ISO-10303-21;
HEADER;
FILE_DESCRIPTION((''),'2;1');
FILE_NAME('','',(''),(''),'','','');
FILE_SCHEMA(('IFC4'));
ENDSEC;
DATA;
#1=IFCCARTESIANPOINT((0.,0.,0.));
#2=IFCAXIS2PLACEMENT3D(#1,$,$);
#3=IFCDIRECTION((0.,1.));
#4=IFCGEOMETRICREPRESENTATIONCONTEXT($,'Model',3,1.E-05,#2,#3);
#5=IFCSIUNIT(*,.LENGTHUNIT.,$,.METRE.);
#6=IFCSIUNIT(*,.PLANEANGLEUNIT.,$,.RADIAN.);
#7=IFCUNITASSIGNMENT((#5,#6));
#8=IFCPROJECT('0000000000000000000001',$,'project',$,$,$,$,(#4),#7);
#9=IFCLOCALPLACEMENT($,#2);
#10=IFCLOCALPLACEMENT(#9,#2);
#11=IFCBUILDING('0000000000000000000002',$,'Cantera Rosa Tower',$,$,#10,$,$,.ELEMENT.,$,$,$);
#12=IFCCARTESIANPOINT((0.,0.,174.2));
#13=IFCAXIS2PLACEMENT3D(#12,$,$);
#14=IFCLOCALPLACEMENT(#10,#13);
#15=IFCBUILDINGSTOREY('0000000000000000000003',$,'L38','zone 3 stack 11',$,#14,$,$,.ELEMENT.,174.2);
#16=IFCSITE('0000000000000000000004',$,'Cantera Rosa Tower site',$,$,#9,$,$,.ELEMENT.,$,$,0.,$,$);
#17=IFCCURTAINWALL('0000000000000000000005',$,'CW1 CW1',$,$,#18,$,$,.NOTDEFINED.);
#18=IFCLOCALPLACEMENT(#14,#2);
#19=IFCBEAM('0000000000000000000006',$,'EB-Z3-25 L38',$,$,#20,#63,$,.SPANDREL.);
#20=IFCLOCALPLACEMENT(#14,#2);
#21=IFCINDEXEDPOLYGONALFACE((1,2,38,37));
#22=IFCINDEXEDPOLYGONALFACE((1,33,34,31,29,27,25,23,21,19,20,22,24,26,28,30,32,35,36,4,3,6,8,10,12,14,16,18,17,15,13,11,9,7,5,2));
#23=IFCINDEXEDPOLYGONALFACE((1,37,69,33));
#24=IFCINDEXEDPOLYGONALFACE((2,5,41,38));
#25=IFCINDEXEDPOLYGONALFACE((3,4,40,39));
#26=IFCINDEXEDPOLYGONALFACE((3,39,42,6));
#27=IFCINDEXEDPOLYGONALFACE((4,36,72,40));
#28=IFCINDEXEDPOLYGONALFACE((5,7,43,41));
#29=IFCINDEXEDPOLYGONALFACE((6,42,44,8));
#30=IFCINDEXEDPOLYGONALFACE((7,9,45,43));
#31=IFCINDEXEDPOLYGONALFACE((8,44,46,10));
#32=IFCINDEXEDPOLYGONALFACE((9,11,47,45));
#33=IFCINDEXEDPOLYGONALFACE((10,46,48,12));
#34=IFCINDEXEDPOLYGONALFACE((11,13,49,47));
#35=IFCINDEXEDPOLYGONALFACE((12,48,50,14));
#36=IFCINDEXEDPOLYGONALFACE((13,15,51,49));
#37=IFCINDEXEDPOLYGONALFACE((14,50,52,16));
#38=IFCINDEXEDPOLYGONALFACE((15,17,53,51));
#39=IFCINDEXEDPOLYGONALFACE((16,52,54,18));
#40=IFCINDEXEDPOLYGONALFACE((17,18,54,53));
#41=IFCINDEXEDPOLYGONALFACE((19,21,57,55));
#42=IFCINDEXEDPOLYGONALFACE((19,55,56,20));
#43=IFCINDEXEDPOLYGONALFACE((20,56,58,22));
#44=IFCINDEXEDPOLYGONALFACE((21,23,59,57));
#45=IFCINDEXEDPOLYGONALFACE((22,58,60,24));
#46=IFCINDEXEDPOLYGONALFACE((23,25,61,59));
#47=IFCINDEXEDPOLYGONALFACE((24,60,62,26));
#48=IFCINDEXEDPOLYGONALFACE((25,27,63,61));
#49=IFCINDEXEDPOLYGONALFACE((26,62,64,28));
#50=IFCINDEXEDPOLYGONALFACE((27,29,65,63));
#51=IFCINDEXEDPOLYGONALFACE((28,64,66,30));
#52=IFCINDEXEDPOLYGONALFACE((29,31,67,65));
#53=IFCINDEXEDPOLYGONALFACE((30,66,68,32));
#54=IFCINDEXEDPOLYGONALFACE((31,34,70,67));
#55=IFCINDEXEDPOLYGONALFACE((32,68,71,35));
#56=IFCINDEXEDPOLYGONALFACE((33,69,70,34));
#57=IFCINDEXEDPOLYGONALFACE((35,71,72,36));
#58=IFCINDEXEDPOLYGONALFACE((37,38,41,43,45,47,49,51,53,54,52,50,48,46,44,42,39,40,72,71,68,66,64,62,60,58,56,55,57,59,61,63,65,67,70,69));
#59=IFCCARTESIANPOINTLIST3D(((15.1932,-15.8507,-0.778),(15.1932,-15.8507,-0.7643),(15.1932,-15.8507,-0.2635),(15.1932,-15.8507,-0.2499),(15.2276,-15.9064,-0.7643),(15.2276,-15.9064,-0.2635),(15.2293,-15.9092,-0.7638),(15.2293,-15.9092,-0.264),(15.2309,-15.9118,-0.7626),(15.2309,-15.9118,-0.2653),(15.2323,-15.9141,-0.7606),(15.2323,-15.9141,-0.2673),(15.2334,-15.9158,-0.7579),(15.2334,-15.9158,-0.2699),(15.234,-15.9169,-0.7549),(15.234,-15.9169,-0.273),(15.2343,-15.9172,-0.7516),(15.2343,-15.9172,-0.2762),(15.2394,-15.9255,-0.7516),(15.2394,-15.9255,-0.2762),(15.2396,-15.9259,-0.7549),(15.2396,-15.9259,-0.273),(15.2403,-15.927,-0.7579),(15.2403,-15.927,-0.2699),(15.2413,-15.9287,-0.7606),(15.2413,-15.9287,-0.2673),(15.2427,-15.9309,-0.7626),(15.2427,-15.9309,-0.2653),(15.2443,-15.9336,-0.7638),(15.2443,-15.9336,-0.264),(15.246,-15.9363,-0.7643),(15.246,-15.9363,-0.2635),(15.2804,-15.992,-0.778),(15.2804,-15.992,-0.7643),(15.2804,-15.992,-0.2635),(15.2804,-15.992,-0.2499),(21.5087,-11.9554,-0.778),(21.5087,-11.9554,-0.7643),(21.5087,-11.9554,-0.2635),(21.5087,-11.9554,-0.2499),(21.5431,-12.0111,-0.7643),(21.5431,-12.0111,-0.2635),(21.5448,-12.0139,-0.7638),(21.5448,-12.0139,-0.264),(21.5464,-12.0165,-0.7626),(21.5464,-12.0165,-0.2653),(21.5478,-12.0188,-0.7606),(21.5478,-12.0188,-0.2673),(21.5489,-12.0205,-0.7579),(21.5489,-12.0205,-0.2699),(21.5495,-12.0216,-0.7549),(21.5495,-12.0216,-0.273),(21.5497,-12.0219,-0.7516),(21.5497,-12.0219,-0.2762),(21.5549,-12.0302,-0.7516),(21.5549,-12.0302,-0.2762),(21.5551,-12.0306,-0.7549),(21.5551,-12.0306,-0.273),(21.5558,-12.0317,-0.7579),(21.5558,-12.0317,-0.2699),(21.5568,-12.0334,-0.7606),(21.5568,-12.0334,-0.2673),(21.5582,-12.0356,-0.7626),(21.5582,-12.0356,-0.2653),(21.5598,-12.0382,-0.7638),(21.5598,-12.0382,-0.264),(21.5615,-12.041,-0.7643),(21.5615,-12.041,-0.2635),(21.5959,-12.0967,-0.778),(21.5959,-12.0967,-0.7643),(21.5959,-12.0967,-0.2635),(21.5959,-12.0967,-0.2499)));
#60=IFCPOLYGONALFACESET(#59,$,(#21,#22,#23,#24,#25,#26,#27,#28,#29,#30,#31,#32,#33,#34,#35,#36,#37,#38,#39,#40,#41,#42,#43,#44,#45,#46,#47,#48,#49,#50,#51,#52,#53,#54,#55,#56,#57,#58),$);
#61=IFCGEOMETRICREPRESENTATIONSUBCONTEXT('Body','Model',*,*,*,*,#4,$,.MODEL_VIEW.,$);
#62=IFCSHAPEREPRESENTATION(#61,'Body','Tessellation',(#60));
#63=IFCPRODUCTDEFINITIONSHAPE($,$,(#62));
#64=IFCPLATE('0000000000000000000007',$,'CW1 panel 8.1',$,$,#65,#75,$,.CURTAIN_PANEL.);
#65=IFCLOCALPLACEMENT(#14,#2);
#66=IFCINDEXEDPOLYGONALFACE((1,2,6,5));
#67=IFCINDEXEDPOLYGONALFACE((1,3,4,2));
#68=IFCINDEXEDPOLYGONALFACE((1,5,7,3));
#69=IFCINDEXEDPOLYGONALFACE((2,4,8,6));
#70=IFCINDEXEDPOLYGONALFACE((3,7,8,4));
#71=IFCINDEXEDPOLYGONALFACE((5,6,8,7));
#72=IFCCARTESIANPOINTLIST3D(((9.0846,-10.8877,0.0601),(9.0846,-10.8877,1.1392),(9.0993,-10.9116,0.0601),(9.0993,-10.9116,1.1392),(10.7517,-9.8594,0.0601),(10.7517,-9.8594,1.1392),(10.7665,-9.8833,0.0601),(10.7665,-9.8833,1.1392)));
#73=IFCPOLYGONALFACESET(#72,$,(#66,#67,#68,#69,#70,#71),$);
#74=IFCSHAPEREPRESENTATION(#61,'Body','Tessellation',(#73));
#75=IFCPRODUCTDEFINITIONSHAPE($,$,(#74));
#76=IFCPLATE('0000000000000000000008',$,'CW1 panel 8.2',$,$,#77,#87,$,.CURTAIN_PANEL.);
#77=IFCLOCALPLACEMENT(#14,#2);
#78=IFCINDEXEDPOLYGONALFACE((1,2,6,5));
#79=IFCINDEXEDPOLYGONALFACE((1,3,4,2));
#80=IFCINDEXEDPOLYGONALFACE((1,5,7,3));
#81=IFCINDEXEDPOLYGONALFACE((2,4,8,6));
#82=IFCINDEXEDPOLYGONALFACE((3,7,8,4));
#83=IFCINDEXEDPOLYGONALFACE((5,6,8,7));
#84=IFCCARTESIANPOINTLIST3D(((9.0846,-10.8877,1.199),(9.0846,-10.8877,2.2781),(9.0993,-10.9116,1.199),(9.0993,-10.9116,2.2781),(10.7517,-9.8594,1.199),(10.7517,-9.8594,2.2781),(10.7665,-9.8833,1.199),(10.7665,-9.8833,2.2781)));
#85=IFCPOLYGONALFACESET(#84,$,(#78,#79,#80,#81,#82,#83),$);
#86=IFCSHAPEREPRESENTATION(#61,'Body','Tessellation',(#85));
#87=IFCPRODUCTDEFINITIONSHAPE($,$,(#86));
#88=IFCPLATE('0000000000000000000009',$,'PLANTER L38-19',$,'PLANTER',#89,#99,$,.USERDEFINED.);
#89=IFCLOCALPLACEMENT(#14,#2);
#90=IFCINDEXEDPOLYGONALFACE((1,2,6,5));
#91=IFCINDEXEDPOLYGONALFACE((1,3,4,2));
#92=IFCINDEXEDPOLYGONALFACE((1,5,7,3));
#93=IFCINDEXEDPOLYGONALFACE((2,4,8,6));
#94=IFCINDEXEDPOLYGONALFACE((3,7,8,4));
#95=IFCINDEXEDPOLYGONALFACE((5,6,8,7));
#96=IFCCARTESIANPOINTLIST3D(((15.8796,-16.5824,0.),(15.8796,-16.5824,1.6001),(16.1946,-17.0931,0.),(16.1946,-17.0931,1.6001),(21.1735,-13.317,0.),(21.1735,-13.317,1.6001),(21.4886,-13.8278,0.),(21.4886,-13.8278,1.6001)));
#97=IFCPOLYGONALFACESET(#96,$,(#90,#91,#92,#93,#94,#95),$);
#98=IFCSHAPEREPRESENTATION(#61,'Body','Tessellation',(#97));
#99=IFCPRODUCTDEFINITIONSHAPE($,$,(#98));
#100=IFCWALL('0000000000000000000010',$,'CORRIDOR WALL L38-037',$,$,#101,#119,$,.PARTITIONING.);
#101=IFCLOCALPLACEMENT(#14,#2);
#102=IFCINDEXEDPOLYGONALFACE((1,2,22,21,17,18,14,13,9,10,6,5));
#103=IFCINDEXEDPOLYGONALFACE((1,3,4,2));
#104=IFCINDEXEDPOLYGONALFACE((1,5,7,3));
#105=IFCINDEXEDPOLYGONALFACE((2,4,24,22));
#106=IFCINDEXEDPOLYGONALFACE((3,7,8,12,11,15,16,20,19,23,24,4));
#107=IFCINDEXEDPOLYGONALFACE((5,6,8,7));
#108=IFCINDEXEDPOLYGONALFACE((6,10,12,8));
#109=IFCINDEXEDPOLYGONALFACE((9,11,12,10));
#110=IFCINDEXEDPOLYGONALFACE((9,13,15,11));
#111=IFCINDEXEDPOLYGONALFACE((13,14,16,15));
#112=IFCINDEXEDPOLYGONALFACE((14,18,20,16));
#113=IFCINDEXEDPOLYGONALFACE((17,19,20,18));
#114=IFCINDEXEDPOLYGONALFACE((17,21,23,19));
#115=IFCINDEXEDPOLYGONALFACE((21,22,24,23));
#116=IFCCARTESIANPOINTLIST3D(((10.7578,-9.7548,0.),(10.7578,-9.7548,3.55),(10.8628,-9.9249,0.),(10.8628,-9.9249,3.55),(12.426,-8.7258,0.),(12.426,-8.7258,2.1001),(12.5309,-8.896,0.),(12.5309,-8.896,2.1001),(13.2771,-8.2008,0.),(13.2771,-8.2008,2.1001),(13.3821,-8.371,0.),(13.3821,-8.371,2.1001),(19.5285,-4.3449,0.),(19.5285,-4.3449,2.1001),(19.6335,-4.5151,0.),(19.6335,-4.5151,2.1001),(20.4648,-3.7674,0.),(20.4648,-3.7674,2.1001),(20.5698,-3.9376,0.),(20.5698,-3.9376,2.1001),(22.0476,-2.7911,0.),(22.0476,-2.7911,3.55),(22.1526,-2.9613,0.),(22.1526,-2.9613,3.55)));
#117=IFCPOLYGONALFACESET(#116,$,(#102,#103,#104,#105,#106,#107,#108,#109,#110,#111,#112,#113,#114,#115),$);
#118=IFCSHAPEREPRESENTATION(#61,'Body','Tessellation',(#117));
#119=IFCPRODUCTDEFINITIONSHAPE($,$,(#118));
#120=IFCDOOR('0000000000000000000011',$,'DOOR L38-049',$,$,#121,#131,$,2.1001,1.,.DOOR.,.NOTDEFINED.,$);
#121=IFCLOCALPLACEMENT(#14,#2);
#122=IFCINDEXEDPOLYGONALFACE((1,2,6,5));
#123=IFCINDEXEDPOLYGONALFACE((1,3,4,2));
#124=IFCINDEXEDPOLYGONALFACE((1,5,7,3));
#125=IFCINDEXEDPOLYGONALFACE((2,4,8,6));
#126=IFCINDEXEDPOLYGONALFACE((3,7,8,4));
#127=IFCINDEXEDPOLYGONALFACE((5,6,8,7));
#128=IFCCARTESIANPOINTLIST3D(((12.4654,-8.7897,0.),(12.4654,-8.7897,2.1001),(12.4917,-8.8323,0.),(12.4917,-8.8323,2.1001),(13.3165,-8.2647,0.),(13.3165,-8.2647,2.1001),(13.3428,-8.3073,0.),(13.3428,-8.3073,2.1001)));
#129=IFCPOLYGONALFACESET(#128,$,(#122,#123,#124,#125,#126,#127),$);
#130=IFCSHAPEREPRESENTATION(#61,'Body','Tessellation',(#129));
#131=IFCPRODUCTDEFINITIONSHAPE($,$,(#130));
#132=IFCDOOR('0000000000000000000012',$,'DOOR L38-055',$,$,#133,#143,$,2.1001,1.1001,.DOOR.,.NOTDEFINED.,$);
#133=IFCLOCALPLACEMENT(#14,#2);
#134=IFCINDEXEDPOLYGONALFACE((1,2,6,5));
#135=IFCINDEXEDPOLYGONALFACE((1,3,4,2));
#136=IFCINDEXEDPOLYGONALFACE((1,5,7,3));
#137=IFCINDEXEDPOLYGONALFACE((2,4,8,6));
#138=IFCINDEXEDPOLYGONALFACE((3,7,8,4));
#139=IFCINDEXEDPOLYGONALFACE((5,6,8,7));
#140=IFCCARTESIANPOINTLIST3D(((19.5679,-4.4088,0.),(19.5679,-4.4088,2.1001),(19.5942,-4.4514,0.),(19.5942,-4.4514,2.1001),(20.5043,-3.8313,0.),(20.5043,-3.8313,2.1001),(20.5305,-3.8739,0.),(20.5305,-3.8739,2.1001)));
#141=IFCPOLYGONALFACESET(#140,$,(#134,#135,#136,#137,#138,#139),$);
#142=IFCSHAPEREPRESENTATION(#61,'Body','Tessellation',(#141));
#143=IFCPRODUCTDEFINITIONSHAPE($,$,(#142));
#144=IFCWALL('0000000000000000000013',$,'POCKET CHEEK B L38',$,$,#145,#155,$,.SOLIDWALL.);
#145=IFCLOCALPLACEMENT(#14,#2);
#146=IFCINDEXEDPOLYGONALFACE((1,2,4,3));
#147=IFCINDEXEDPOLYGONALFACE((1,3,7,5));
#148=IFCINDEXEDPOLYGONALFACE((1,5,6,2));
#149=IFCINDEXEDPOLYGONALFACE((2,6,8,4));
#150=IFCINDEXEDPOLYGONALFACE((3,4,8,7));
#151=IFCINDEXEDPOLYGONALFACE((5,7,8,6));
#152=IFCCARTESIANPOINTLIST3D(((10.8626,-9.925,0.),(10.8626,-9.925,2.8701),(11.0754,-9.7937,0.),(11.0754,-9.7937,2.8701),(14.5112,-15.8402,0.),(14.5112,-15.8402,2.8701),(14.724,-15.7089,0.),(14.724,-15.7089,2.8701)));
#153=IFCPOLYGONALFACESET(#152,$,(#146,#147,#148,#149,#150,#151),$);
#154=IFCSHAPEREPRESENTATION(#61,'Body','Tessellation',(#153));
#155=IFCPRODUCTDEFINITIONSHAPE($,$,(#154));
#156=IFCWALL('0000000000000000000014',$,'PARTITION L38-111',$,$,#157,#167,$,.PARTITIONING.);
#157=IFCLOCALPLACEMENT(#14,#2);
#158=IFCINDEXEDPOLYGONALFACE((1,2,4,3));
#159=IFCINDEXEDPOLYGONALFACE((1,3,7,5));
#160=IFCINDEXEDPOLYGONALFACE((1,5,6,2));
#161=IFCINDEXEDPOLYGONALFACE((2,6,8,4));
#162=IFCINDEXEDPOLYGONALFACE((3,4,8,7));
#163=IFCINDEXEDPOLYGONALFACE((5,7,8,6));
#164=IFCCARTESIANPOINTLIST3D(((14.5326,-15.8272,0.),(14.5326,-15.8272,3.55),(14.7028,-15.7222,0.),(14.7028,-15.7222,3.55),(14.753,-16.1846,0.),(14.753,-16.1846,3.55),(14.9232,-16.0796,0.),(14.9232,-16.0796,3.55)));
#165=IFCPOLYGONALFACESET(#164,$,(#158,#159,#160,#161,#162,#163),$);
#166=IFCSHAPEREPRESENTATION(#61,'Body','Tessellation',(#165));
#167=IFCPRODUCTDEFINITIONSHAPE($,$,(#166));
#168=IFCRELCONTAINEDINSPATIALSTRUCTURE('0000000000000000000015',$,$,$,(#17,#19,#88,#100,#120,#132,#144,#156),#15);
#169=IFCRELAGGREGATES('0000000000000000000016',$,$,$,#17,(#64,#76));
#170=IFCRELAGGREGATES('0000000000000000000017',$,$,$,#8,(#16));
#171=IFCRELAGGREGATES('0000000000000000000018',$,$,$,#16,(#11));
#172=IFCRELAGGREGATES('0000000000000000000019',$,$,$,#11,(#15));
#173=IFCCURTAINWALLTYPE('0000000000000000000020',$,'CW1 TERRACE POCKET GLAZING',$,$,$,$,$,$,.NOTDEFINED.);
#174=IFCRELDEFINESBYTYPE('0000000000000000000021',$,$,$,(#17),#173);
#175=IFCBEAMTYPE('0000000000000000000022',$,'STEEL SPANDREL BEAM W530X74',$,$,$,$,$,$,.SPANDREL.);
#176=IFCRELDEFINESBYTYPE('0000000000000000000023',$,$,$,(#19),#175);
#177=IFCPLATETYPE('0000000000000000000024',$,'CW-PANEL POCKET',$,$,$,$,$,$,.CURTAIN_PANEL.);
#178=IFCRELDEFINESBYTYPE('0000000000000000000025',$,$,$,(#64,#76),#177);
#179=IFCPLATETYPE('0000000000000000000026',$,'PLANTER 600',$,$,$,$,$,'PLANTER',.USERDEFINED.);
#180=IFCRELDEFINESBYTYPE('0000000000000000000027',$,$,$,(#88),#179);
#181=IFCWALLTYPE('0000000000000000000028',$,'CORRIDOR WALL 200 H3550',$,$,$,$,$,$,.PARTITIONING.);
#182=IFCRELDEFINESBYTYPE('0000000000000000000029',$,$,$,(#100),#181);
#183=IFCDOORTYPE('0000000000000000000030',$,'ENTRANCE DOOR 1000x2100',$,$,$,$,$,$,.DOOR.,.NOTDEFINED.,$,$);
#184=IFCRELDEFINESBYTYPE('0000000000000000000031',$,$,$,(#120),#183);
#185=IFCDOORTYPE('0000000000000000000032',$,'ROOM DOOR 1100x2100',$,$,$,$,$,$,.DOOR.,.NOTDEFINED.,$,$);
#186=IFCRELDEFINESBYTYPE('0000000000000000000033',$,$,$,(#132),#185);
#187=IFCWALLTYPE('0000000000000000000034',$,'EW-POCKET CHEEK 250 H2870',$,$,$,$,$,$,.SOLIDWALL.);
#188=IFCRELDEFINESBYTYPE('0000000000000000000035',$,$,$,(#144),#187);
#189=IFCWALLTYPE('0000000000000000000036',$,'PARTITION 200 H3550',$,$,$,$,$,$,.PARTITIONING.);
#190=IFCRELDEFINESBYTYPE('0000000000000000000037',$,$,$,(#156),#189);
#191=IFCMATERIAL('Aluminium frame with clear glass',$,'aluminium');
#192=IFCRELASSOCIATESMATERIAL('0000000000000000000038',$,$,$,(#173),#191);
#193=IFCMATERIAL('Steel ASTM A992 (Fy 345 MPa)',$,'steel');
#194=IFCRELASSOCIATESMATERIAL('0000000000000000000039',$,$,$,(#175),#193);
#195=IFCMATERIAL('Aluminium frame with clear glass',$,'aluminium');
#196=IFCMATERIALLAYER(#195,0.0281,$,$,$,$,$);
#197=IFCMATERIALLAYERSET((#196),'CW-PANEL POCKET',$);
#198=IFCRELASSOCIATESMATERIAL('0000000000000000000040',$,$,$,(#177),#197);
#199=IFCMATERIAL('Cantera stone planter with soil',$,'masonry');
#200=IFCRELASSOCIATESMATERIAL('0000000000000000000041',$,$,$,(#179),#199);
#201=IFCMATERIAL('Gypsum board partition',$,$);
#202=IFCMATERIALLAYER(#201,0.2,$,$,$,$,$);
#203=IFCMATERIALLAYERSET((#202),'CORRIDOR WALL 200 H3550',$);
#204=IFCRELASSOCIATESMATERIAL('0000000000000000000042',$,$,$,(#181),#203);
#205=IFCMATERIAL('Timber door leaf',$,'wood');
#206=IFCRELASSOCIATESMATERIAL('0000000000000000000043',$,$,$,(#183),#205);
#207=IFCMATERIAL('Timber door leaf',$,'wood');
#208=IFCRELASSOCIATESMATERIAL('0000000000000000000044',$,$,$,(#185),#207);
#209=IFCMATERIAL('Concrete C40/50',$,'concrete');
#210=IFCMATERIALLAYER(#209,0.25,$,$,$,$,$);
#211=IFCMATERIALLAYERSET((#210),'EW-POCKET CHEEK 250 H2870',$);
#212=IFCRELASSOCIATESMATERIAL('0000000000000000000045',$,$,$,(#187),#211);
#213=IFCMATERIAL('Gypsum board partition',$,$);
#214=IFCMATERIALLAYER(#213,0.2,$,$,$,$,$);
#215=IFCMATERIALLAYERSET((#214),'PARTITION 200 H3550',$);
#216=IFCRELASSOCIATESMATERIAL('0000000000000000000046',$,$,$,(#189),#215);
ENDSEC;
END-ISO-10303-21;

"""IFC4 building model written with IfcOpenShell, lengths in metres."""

from ifc_helpers import new_model, si_unit, direction, frame, frame_2d, origin, origin_2d, place, context, subcontext, project, spatial, rectangle, i_section, extrude, material, layer, layer_set, material_profile, profile_set, type_object, element, fill, aggregate, save


model = new_model("IFC4")

# Units and contexts
model_context = context("Model", 3, precision=1e-05, world=origin(), true_north=direction((0.0, 1.0)))
body_context = subcontext(model_context, "Body", "Model", "MODEL_VIEW")
ifc_project = project(units=[si_unit("LENGTHUNIT", "METRE"), si_unit("PLANEANGLEUNIT", "RADIAN")], contexts=[model_context])

# Site, building, storey
site_placement = place(None, origin())
site = spatial("IfcSite", under=ifc_project, at=site_placement, Name="Cantera Rosa Tower site", CompositionType="ELEMENT", RefElevation=0.0)
building_placement = place(site_placement, origin())
building = spatial("IfcBuilding", under=site, at=building_placement, Name="Cantera Rosa Tower", CompositionType="ELEMENT")
storey_placement = place(building_placement, frame((0.0, 0.0, 174.2)))
storey = spatial("IfcBuildingStorey", under=building, at=storey_placement, Name="L38", Description="zone 3 stack 11", CompositionType="ELEMENT", Elevation=174.2)

# Curtain wall
ifc_material_1 = material(Name="Aluminium frame with clear glass", Category="aluminium")
curtain_wall_type = type_object("IfcCurtainWallType", Name="CW1 TERRACE POCKET GLAZING", PredefinedType="NOTDEFINED", material=ifc_material_1)
curtain_wall_placement = place(storey_placement, origin())
curtain_wall = element("IfcCurtainWall", 1, at=curtain_wall_placement, inside=storey, type_object=curtain_wall_type, Name="CW1 CW1", PredefinedType="NOTDEFINED")

# Beam
ifc_material_2 = material(Name="Steel ASTM A992 (Fy 345 MPa)", Category="steel")
ifc_material_profile_1 = material_profile(ifc_material_2, i_section(OverallWidth=0.166, OverallDepth=0.5281, WebThickness=0.0098, FlangeThickness=0.0137, FilletRadius=0.0127, at=origin_2d()), Name="W530X74")
ifc_profile_set_1 = profile_set([ifc_material_profile_1], Name="Steel ASTM A992 (Fy 345 MPa)")
beam_type_1 = type_object("IfcBeamType", Name="STEEL SPANDREL BEAM W530X74", PredefinedType="SPANDREL", material=ifc_profile_set_1)
beam_1_placement = place(storey_placement, frame((15.2368, -15.9214, -0.5139), z_axis=(0.851126, 0.524962, 0.0), x_axis=(-0.524962, 0.851126, 0.0)))
element("IfcBeam", 2, at=beam_1_placement, inside=storey, type_object=beam_type_1, Name="EB-Z3-25 L38", PredefinedType="SPANDREL", context=body_context, shape_type="SweptSolid", body=[
    extrude(i_section(OverallWidth=0.166, OverallDepth=0.5281, WebThickness=0.0098, FlangeThickness=0.0137, FilletRadius=0.0127, at=origin_2d()), origin(), (0.0, 0.0, 1.0), 7.4202),
])

# Plates
ifc_material_3 = material(Name="Aluminium frame with clear glass", Category="aluminium")
ifc_layer_1 = layer(ifc_material_3, 0.0281)
ifc_layer_set_1 = layer_set([ifc_layer_1], Name="CW-PANEL POCKET")
plate_type_1 = type_object("IfcPlateType", Name="CW-PANEL POCKET", PredefinedType="CURTAIN_PANEL", material=ifc_layer_set_1)
plate_1_placement = place(storey_placement, frame((9.9255, -10.3855, 0.0601), z_axis=(0.0, 0.0, 1.0), x_axis=(0.851117, 0.524977, 0.0)))
plate_1 = element("IfcPlate", 3, at=plate_1_placement, type_object=plate_type_1, Name="CW1 panel 8.1", PredefinedType="CURTAIN_PANEL", context=body_context, shape_type="SweptSolid", body=[
    extrude(rectangle(XDim=1.9587, YDim=0.0281, at=origin_2d()), origin(), (0.0, 0.0, 1.0), 1.0791),
])
plate_2_placement = place(storey_placement, frame((9.9255, -10.3855, 1.199), z_axis=(0.0, 0.0, 1.0), x_axis=(0.851117, 0.524977, 0.0)))
plate_2 = element("IfcPlate", 4, at=plate_2_placement, type_object=plate_type_1, Name="CW1 panel 8.2", PredefinedType="CURTAIN_PANEL", context=body_context, shape_type="SweptSolid", body=[
    extrude(rectangle(XDim=1.9587, YDim=0.0281, at=origin_2d()), origin(), (0.0, 0.0, 1.0), 1.0791),
])
aggregate(curtain_wall, [plate_1, plate_2])
ifc_material_4 = material(Name="Cantera stone planter with soil", Category="masonry")
plate_type_2 = type_object("IfcPlateType", Name="PLANTER 600", ElementType="PLANTER", PredefinedType="USERDEFINED", material=ifc_material_4)
plate_3_placement = place(storey_placement, frame((18.6841, -15.2051, 0.0), z_axis=(0.0, 0.0, 1.0), x_axis=(0.851117, 0.524977, 0.0)))
element("IfcPlate", 5, at=plate_3_placement, inside=storey, type_object=plate_type_2, Name="PLANTER L38-19", ObjectType="PLANTER", PredefinedType="USERDEFINED", context=body_context, shape_type="SweptSolid", body=[
    extrude(rectangle(XDim=6.22, YDim=0.6001, at=origin_2d()), origin(), (0.0, 0.0, 1.0), 1.6001),
])

# Wall, openings, doors
ifc_material_5 = material(Name="Gypsum board partition")
ifc_layer_2 = layer(ifc_material_5, 0.2)
ifc_layer_set_2 = layer_set([ifc_layer_2], Name="CORRIDOR WALL 200 H3550")
wall_type_1 = type_object("IfcWallType", Name="CORRIDOR WALL 200 H3550", PredefinedType="PARTITIONING", material=ifc_layer_set_2)
wall_1_placement = place(storey_placement, frame((10.8103, -9.8398, 0.0), z_axis=(0.0, 0.0, 1.0), x_axis=(0.851118, 0.524975, 0.0)))
wall_1 = element("IfcWall", 6, at=wall_1_placement, inside=storey, type_object=wall_type_1, Name="CORRIDOR WALL L38-037", PredefinedType="PARTITIONING", context=body_context, shape_type="SweptSolid", body=[
    extrude(rectangle(XDim=13.2646, YDim=0.2, at=frame_2d((6.6323, 0.0))), origin(), (0.0, 0.0, 1.0), 3.55),
])
opening_1_placement = place(wall_1_placement, frame((1.96, 0.0, 0.0)))
opening_1 = element("IfcOpeningElement", 7, at=opening_1_placement, cuts=wall_1, PredefinedType="OPENING", context=body_context, shape_type="SweptSolid", body=[
    extrude(rectangle(XDim=1.0, YDim=2.1001, at=frame_2d((0.5, 1.05))), frame((0.0, 0.1099, 0.0), z_axis=(0.0, -1.0, 0.0), x_axis=(1.0, 0.0, 0.0)), (0.0, 0.0, 1.0), 0.22),
])
opening_2_placement = place(wall_1_placement, frame((10.3049, 0.0, 0.0)))
opening_2 = element("IfcOpeningElement", 8, at=opening_2_placement, cuts=wall_1, PredefinedType="OPENING", context=body_context, shape_type="SweptSolid", body=[
    extrude(rectangle(XDim=1.1001, YDim=2.1001, at=frame_2d((0.55, 1.05))), frame((0.0, 0.1099, 0.0), z_axis=(0.0, -1.0, 0.0), x_axis=(1.0, 0.0, 0.0)), (0.0, 0.0, 1.0), 0.22),
])
ifc_material_6 = material(Name="Timber door leaf", Category="wood")
door_type_1 = type_object("IfcDoorType", Name="ENTRANCE DOOR 1000x2100", OperationType="NOTDEFINED", PredefinedType="DOOR", material=ifc_material_6)
door_1_placement = place(opening_1_placement, origin())
door_1 = element("IfcDoor", 9, at=door_1_placement, inside=storey, type_object=door_type_1, Name="DOOR L38-049", OperationType="NOTDEFINED", OverallHeight=2.1001, OverallWidth=1.0, PredefinedType="DOOR", context=body_context, shape_type="SweptSolid", body=[
    extrude(rectangle(XDim=1.0, YDim=2.1001, at=frame_2d((0.5, 1.05))), frame((0.0, 0.0249, 0.0), z_axis=(0.0, -1.0, 0.0), x_axis=(1.0, 0.0, 0.0)), (0.0, 0.0, 1.0), 0.05),
])
fill(opening_1, door_1)
ifc_material_7 = material(Name="Timber door leaf", Category="wood")
door_type_2 = type_object("IfcDoorType", Name="ROOM DOOR 1100x2100", OperationType="NOTDEFINED", PredefinedType="DOOR", material=ifc_material_7)
door_2_placement = place(opening_2_placement, origin())
door_2 = element("IfcDoor", 10, at=door_2_placement, inside=storey, type_object=door_type_2, Name="DOOR L38-055", OperationType="NOTDEFINED", OverallHeight=2.1001, OverallWidth=1.1001, PredefinedType="DOOR", context=body_context, shape_type="SweptSolid", body=[
    extrude(rectangle(XDim=1.1001, YDim=2.1001, at=frame_2d((0.55, 1.05))), frame((0.0, 0.0249, 0.0), z_axis=(0.0, -1.0, 0.0), x_axis=(1.0, 0.0, 0.0)), (0.0, 0.0, 1.0), 0.05),
])
fill(opening_2, door_2)

# Walls
ifc_material_8 = material(Name="Concrete C40/50", Category="concrete")
ifc_layer_3 = layer(ifc_material_8, 0.25)
ifc_layer_set_3 = layer_set([ifc_layer_3], Name="EW-POCKET CHEEK 250 H2870")
wall_type_2 = type_object("IfcWallType", Name="EW-POCKET CHEEK 250 H2870", PredefinedType="SOLIDWALL", material=ifc_layer_set_3)
wall_2_placement = place(storey_placement, frame((14.6177, -15.7747, 0.0), z_axis=(0.0, 0.0, 1.0), x_axis=(-0.524985, 0.851111, 0.0)))
element("IfcWall", 11, at=wall_2_placement, inside=storey, type_object=wall_type_2, Name="POCKET CHEEK B L38", PredefinedType="SOLIDWALL", context=body_context, shape_type="SweptSolid", body=[
    extrude(rectangle(XDim=6.95, YDim=0.25, at=frame_2d((3.4751, 0.0))), origin(), (0.0, 0.0, 1.0), 2.8701),
])
ifc_material_9 = material(Name="Gypsum board partition")
ifc_layer_4 = layer(ifc_material_9, 0.2)
ifc_layer_set_4 = layer_set([ifc_layer_4], Name="PARTITION 200 H3550")
wall_type_3 = type_object("IfcWallType", Name="PARTITION 200 H3550", PredefinedType="PARTITIONING", material=ifc_layer_set_4)
wall_3_placement = place(storey_placement, frame((14.8381, -16.1321, 0.0), z_axis=(0.0, 0.0, 1.0), x_axis=(-0.524973, 0.851119, 0.0)))
element("IfcWall", 12, at=wall_3_placement, inside=storey, type_object=wall_type_3, Name="PARTITION L38-111", PredefinedType="PARTITIONING", context=body_context, shape_type="SweptSolid", body=[
    extrude(rectangle(XDim=0.4199, YDim=0.2, at=frame_2d((0.21, 0.0))), origin(), (0.0, 0.0, 1.0), 3.55),
])

save(model, "model.ifc")
